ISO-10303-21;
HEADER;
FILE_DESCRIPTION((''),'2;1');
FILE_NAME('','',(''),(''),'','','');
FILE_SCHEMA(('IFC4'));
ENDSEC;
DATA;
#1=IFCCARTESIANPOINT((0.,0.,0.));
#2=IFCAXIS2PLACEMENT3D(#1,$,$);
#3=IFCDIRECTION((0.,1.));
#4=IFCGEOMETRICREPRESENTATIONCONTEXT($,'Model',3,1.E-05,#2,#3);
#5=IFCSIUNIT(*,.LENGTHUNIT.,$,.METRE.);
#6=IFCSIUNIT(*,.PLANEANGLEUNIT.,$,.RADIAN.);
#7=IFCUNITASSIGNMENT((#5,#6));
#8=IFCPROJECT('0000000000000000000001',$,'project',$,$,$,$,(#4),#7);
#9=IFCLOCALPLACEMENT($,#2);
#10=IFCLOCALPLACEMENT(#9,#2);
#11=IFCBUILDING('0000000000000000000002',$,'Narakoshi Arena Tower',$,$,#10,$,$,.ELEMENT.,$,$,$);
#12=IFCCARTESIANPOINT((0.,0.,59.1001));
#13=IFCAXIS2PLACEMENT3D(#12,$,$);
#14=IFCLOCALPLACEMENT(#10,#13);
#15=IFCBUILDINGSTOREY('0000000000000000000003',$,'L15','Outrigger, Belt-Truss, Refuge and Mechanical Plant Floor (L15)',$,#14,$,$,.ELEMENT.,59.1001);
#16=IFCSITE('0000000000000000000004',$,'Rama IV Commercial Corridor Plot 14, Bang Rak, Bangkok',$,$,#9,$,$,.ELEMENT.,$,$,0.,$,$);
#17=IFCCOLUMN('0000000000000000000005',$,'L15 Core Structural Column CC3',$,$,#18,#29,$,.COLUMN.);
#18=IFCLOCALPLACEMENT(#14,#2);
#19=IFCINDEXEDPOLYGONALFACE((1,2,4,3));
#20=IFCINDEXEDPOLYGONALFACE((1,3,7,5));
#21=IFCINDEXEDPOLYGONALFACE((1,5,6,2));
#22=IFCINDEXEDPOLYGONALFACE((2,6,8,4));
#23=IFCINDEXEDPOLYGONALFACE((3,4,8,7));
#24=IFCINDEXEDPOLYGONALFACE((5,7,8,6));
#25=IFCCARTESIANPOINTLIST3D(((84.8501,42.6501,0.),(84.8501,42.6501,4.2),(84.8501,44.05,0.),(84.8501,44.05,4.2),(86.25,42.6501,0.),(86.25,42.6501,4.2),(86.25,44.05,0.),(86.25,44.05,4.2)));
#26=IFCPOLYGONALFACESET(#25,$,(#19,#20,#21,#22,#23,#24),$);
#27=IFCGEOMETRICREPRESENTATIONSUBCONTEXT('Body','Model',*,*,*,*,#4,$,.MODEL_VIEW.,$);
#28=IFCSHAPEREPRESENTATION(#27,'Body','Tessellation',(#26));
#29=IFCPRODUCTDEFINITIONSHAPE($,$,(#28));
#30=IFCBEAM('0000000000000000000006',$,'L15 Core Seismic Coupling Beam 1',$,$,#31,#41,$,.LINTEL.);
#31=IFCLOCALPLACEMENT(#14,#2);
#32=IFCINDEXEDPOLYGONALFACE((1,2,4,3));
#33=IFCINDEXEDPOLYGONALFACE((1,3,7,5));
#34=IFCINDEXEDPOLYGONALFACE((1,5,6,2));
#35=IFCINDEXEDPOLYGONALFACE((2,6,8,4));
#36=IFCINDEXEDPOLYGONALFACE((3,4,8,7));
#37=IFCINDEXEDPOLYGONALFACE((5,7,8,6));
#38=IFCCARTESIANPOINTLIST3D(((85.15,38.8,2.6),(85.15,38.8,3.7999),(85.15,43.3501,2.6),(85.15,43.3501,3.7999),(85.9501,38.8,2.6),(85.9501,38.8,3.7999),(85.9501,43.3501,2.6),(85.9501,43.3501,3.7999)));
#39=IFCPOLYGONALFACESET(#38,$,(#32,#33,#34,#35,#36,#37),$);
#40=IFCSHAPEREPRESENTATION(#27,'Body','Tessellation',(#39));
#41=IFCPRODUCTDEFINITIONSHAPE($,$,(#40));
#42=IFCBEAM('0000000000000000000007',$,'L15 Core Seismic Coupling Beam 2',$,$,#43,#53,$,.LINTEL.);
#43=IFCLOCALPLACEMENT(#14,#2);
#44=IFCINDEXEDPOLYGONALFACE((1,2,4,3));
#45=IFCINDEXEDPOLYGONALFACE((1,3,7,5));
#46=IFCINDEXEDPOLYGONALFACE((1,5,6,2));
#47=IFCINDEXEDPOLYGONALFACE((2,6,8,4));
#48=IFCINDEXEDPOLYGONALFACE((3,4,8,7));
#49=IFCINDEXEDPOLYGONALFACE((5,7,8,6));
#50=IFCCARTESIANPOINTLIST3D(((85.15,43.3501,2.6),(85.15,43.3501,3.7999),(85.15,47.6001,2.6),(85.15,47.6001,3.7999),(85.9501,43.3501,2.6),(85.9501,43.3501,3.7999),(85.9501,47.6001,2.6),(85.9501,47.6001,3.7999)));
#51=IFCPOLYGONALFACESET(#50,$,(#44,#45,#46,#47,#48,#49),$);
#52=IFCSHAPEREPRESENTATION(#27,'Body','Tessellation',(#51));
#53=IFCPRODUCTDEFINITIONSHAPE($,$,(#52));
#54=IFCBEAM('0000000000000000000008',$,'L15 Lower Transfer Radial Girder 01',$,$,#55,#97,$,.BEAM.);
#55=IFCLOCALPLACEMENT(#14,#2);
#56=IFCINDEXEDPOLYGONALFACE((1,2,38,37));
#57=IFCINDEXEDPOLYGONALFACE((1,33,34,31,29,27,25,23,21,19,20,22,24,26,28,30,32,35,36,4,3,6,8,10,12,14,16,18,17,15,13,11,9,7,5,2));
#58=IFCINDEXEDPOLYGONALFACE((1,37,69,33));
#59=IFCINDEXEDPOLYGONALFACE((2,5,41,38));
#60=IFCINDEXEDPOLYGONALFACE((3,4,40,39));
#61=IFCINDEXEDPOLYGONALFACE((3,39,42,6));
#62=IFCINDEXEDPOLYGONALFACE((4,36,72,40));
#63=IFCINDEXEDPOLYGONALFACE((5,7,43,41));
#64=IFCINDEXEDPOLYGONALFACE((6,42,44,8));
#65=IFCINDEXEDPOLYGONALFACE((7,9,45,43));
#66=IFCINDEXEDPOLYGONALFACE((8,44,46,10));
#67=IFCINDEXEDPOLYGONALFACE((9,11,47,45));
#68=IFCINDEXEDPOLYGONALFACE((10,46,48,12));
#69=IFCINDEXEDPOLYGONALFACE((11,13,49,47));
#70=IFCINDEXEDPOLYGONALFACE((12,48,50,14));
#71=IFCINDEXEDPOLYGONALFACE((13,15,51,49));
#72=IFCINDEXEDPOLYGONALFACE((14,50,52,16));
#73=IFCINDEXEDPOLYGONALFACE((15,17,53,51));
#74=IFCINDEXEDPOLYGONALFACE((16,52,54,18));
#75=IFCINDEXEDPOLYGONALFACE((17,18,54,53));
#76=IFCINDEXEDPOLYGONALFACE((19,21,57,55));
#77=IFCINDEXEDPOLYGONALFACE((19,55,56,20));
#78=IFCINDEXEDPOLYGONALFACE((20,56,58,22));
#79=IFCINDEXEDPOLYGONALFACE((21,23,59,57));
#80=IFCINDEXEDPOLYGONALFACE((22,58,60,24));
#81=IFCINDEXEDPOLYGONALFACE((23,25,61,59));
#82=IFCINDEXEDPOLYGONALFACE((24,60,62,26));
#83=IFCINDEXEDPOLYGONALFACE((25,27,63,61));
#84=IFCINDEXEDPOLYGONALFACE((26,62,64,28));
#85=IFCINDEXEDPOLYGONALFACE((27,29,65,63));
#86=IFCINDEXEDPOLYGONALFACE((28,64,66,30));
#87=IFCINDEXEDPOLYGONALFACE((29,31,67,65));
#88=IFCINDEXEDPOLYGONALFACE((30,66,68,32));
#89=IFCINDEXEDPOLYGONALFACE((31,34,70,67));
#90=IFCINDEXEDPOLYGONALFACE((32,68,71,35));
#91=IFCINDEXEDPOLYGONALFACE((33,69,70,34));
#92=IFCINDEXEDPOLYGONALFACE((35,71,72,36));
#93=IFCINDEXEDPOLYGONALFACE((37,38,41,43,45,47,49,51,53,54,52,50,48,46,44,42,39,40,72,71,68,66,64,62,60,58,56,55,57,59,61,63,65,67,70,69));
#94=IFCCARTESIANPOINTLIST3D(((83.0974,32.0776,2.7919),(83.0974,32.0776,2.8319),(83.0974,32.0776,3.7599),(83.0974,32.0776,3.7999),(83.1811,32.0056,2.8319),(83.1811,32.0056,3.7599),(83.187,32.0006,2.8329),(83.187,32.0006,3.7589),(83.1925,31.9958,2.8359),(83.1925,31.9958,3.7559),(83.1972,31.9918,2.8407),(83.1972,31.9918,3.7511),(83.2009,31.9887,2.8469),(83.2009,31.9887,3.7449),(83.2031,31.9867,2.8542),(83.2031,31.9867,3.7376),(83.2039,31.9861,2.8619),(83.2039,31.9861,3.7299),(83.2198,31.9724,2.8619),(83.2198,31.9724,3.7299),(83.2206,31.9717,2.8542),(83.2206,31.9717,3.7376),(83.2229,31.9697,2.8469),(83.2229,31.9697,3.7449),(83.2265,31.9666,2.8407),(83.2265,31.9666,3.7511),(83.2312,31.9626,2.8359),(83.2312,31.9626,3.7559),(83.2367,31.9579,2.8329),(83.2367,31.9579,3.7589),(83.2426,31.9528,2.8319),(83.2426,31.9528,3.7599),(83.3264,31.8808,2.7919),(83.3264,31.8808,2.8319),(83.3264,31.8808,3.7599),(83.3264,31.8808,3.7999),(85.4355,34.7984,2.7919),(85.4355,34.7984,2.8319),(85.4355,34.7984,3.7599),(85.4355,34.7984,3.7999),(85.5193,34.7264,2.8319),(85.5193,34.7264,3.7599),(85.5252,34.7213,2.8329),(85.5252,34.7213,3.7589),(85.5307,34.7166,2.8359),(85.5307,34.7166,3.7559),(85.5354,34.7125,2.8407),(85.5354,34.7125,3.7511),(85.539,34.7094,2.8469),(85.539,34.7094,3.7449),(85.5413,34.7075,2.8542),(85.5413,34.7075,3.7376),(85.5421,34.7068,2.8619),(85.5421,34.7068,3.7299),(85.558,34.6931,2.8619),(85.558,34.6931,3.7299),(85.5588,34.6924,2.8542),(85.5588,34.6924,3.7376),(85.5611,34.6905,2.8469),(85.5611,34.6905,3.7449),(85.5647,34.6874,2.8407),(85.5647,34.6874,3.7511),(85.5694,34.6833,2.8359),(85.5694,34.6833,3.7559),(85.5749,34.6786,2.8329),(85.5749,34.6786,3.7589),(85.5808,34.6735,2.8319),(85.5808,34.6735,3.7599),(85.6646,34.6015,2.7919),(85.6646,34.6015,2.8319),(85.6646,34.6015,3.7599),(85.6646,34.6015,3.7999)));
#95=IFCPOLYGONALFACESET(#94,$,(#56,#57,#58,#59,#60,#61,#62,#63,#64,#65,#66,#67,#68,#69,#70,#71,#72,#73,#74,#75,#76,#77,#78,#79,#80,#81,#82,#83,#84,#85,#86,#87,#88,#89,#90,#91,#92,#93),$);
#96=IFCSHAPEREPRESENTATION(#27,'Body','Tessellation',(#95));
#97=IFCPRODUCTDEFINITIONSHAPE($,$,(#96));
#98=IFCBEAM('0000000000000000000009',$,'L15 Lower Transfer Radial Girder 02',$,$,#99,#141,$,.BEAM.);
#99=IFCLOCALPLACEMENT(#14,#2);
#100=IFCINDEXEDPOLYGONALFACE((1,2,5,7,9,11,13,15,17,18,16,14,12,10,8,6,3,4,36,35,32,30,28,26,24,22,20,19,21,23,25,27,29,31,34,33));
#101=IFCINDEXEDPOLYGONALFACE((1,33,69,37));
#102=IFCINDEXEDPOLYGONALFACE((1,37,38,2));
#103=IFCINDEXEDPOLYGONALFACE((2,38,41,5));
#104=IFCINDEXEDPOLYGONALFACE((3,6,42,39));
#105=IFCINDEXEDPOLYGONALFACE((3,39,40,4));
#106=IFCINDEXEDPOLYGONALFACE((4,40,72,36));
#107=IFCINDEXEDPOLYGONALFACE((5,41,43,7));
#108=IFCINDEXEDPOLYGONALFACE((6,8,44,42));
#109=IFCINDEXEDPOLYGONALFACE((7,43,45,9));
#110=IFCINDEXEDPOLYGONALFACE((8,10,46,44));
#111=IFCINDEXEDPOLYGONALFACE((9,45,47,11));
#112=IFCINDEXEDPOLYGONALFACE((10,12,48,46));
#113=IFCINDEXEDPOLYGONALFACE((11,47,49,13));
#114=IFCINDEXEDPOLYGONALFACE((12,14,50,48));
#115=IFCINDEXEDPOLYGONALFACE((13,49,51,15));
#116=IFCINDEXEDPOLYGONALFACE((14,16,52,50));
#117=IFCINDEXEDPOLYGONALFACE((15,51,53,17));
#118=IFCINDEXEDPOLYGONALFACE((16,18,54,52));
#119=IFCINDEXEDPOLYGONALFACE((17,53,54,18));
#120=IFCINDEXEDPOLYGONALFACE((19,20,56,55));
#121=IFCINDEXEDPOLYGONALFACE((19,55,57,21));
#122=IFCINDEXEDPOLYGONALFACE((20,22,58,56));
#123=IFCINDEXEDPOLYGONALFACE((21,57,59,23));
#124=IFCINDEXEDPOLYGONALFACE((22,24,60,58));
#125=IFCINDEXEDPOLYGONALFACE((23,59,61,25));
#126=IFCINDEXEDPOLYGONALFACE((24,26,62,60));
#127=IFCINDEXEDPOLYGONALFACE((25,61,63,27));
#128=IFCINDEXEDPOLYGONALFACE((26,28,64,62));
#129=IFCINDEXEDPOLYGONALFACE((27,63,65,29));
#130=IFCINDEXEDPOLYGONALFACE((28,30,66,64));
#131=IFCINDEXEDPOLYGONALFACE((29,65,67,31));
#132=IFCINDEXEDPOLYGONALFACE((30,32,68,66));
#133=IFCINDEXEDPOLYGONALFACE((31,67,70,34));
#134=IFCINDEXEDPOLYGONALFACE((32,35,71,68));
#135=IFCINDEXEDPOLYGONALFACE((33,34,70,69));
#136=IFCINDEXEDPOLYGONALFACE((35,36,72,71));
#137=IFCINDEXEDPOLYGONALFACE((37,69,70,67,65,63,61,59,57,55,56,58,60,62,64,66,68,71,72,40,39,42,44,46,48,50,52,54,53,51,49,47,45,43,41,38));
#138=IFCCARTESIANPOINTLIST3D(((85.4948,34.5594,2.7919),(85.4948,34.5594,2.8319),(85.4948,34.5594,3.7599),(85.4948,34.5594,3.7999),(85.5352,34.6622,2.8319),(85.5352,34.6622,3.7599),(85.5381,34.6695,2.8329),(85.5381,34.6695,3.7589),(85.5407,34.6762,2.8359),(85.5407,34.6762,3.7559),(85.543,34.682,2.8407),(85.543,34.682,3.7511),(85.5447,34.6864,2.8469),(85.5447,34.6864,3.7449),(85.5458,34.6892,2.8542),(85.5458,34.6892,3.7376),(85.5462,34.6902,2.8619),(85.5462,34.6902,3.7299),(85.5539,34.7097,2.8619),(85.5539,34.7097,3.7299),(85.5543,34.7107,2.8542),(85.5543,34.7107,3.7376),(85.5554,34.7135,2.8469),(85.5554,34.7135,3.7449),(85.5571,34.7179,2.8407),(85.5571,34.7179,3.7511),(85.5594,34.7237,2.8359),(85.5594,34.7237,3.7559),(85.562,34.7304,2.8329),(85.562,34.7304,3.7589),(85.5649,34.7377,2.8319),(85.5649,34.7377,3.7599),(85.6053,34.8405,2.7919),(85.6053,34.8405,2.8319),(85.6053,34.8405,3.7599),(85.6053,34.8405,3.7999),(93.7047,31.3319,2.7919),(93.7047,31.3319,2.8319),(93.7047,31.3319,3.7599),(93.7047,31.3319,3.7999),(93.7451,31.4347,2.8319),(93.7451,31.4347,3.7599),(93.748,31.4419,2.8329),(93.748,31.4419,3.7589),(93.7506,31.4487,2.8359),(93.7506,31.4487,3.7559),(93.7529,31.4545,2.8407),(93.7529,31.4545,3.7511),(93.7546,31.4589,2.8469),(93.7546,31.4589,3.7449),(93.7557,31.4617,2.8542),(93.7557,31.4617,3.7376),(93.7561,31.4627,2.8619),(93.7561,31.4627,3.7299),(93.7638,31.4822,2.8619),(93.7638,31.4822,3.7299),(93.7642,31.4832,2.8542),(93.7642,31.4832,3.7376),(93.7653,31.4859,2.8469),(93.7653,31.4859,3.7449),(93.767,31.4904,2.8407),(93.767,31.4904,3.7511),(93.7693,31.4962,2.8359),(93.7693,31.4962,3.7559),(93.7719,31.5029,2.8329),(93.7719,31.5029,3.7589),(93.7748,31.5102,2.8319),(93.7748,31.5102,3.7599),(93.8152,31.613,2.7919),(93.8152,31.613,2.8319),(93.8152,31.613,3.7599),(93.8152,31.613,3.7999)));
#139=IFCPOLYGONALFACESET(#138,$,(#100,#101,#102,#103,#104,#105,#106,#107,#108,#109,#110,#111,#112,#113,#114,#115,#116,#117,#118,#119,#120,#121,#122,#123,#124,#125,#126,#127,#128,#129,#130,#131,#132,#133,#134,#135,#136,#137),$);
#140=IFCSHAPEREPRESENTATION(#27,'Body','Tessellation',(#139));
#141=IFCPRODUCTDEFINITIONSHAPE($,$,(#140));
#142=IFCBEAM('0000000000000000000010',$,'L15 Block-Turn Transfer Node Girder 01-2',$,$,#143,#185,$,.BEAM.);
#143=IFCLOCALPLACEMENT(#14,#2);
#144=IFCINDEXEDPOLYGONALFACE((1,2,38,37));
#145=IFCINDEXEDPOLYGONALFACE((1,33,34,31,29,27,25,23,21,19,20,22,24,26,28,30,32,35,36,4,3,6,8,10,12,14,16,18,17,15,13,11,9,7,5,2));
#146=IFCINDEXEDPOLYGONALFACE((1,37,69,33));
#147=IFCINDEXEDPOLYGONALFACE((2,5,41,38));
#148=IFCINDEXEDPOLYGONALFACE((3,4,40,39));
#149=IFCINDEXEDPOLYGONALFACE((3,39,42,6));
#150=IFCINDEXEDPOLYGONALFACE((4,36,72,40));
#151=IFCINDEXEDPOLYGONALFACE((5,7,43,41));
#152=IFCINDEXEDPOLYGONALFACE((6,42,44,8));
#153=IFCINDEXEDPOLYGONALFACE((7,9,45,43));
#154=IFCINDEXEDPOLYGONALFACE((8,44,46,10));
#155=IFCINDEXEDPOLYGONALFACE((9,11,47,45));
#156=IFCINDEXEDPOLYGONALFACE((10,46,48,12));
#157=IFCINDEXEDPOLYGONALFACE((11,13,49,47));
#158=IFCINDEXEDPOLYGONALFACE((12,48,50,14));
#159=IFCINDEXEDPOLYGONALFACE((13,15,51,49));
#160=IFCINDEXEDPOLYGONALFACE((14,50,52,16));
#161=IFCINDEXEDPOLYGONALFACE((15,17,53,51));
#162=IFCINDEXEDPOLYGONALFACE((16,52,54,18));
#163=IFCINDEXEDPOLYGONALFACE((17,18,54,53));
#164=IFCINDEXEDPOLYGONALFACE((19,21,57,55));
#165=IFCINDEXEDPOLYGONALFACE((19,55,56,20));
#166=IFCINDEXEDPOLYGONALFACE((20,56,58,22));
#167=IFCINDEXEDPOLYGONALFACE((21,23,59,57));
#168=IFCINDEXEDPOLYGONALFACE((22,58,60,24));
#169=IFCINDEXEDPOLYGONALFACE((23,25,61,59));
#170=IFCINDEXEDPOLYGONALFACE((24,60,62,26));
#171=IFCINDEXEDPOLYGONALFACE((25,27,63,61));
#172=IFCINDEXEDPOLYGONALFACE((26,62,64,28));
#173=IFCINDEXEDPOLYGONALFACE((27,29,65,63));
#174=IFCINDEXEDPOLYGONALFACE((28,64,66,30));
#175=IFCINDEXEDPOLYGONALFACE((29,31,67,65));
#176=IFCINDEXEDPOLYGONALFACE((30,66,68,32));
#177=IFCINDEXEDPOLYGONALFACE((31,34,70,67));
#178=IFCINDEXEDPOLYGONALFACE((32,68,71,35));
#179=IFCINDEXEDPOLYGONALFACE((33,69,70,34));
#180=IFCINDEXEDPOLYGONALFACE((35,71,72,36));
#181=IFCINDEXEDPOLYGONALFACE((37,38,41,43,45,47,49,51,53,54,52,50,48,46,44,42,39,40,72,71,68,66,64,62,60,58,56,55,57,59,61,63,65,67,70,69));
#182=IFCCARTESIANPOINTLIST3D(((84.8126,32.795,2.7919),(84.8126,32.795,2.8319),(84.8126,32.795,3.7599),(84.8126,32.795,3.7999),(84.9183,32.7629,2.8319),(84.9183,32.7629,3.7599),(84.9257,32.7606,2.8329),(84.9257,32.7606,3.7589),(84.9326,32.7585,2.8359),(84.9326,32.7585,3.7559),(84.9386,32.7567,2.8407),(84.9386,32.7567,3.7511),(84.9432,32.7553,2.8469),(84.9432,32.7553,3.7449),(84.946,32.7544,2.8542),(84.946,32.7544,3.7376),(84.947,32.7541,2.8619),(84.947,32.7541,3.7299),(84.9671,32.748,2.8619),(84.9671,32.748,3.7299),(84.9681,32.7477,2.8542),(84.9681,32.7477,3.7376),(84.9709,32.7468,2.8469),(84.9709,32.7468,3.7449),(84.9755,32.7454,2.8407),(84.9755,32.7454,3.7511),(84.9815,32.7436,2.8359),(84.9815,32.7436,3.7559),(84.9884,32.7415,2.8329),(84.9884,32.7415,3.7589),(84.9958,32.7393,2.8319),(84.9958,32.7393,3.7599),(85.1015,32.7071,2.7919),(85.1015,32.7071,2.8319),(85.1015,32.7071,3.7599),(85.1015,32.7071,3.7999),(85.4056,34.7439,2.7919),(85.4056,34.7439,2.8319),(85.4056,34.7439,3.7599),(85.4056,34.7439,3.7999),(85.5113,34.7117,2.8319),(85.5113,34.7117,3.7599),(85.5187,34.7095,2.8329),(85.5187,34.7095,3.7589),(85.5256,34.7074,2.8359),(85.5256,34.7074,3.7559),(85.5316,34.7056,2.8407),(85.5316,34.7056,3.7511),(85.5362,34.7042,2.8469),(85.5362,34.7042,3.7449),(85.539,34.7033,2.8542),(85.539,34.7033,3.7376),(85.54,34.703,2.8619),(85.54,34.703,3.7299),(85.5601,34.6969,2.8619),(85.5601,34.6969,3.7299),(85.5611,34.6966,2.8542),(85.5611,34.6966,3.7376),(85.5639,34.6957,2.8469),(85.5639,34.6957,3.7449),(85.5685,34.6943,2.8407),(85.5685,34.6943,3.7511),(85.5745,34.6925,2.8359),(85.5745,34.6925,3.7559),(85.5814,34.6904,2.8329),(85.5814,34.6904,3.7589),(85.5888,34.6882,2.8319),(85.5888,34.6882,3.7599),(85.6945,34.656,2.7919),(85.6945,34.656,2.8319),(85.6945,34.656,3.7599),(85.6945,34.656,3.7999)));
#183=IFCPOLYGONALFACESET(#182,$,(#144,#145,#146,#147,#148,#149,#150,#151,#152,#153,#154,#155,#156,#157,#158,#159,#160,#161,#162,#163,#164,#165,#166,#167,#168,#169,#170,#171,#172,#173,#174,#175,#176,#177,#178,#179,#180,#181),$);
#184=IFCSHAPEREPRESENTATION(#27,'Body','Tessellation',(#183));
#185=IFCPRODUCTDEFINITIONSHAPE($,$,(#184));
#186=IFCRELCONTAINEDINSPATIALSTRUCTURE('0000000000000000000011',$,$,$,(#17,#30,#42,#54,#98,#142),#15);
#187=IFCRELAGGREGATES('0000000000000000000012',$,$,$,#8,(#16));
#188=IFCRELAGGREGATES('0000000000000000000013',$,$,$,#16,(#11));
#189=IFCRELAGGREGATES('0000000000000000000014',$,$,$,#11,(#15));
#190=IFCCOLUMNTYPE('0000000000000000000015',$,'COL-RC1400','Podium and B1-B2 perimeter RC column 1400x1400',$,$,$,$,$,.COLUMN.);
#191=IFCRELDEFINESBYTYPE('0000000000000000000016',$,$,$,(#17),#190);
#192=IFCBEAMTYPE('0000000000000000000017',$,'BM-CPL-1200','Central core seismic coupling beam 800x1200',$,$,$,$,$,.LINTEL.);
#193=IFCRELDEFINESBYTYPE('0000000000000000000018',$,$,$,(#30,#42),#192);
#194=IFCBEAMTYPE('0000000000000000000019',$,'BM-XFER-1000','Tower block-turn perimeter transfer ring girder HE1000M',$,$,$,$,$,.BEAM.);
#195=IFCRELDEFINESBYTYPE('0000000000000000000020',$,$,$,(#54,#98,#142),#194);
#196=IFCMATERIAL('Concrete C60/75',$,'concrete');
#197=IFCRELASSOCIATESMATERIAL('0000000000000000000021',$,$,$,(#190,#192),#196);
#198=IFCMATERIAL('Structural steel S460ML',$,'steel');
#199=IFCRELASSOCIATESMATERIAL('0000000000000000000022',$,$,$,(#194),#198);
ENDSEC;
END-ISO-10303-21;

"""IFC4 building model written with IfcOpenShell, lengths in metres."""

from ifc_helpers import new_model, si_unit, direction, frame, origin, origin_2d, place, context, subcontext, project, spatial, rectangle, i_section, extrude, material, material_profile, profile_set, type_object, element, save


model = new_model("IFC4")

# Units and contexts
model_context = context("Model", 3, precision=1e-05, world=origin(), true_north=direction((0.0, 1.0)))
body_context = subcontext(model_context, "Body", "Model", "MODEL_VIEW")
ifc_project = project(units=[si_unit("LENGTHUNIT", "METRE"), si_unit("PLANEANGLEUNIT", "RADIAN")], contexts=[model_context])

# Site, building, storey
site_placement = place(None, origin())
site = spatial("IfcSite", under=ifc_project, at=site_placement, Name="Rama IV Commercial Corridor Plot 14, Bang Rak, Bangkok", CompositionType="ELEMENT", RefElevation=0.0)
building_placement = place(site_placement, origin())
building = spatial("IfcBuilding", under=site, at=building_placement, Name="Narakoshi Arena Tower", CompositionType="ELEMENT")
storey_placement = place(building_placement, frame((0.0, 0.0, 59.1001)))
storey = spatial("IfcBuildingStorey", under=building, at=storey_placement, Name="L15", Description="Outrigger, Belt-Truss, Refuge and Mechanical Plant Floor (L15)", CompositionType="ELEMENT", Elevation=59.1001)

# Column
ifc_material_1 = material(Name="Concrete C60/75", Category="concrete")
ifc_material_profile_1 = material_profile(ifc_material_1, rectangle(XDim=1.3999, YDim=1.3999, at=origin_2d()), Name="RC1400x1400")
ifc_profile_set_1 = profile_set([ifc_material_profile_1], Name="Concrete C60/75")
column_type = type_object("IfcColumnType", Name="COL-RC1400", Description="Podium and B1-B2 perimeter RC column 1400x1400", PredefinedType="COLUMN", material=ifc_profile_set_1)
column_placement = place(storey_placement, frame((85.55, 43.3501, 0.0), z_axis=(0.0, 0.0, 1.0), x_axis=(1.0, 0.0, 0.0)))
element("IfcColumn", 1, at=column_placement, inside=storey, type_object=column_type, Name="L15 Core Structural Column CC3", PredefinedType="COLUMN", context=body_context, shape_type="SweptSolid", body=[
    extrude(rectangle(XDim=1.3999, YDim=1.3999, at=origin_2d()), origin(), (0.0, 0.0, 1.0), 4.2),
])

# Beams
ifc_material_profile_2 = material_profile(ifc_material_1, rectangle(XDim=0.8, YDim=1.2, at=origin_2d()), Name="RCB800x1200")
ifc_profile_set_2 = profile_set([ifc_material_profile_2], Name="Concrete C60/75")
beam_type_1 = type_object("IfcBeamType", Name="BM-CPL-1200", Description="Central core seismic coupling beam 800x1200", PredefinedType="LINTEL", material=ifc_profile_set_2)
beam_1_placement = place(storey_placement, frame((85.55, 38.8, 3.2), z_axis=(0.0, 1.0, 0.0), x_axis=(-1.0, 0.0, 0.0)))
element("IfcBeam", 2, at=beam_1_placement, inside=storey, type_object=beam_type_1, Name="L15 Core Seismic Coupling Beam 1", PredefinedType="LINTEL", context=body_context, shape_type="SweptSolid", body=[
    extrude(rectangle(XDim=0.8, YDim=1.2, at=origin_2d()), origin(), (0.0, 0.0, 1.0), 4.55),
])
beam_2_placement = place(storey_placement, frame((85.55, 43.3501, 3.2), z_axis=(0.0, 1.0, 0.0), x_axis=(-1.0, 0.0, 0.0)))
element("IfcBeam", 3, at=beam_2_placement, inside=storey, type_object=beam_type_1, Name="L15 Core Seismic Coupling Beam 2", PredefinedType="LINTEL", context=body_context, shape_type="SweptSolid", body=[
    extrude(rectangle(XDim=0.8, YDim=1.2, at=origin_2d()), origin(), (0.0, 0.0, 1.0), 4.25),
])
ifc_material_2 = material(Name="Structural steel S460ML", Category="steel")
ifc_material_profile_3 = material_profile(ifc_material_2, i_section(OverallWidth=0.302, OverallDepth=1.0081, WebThickness=0.021, FlangeThickness=0.04, FilletRadius=0.03, at=origin_2d()), Name="HE1000M")
ifc_profile_set_3 = profile_set([ifc_material_profile_3], Name="Structural steel S460ML")
beam_type_2 = type_object("IfcBeamType", Name="BM-XFER-1000", Description="Tower block-turn perimeter transfer ring girder HE1000M", PredefinedType="BEAM", material=ifc_profile_set_3)
beam_3_placement = place(storey_placement, frame((85.55, 34.7, 3.2959), z_axis=(-0.651772, -0.758415, 0.0), x_axis=(0.758415, -0.651772, 0.0)))
element("IfcBeam", 4, at=beam_3_placement, inside=storey, type_object=beam_type_2, Name="L15 Lower Transfer Radial Girder 01", PredefinedType="BEAM", context=body_context, shape_type="SweptSolid", body=[
    extrude(i_section(OverallWidth=0.302, OverallDepth=1.0081, WebThickness=0.021, FlangeThickness=0.04, FilletRadius=0.03, at=origin_2d()), origin(), (0.0, 0.0, 1.0), 3.5874),
])
beam_4_placement = place(storey_placement, frame((85.55, 34.7, 3.2959), z_axis=(0.930667, -0.365868, 0.0), x_axis=(0.365868, 0.930667, 0.0)))
element("IfcBeam", 5, at=beam_4_placement, inside=storey, type_object=beam_type_2, Name="L15 Lower Transfer Radial Girder 02", PredefinedType="BEAM", context=body_context, shape_type="SweptSolid", body=[
    extrude(i_section(OverallWidth=0.302, OverallDepth=1.0081, WebThickness=0.021, FlangeThickness=0.04, FilletRadius=0.03, at=origin_2d()), origin(), (0.0, 0.0, 1.0), 8.8215),
])
beam_5_placement = place(storey_placement, frame((85.55, 34.7, 3.2959), z_axis=(-0.291095, -0.956694, 0.0), x_axis=(0.956694, -0.291095, 0.0)))
element("IfcBeam", 6, at=beam_5_placement, inside=storey, type_object=beam_type_2, Name="L15 Block-Turn Transfer Node Girder 01-2", PredefinedType="BEAM", context=body_context, shape_type="SweptSolid", body=[
    extrude(i_section(OverallWidth=0.302, OverallDepth=1.0081, WebThickness=0.021, FlangeThickness=0.04, FilletRadius=0.03, at=origin_2d()), origin(), (0.0, 0.0, 1.0), 2.0371),
])

save(model, "model.ifc")
